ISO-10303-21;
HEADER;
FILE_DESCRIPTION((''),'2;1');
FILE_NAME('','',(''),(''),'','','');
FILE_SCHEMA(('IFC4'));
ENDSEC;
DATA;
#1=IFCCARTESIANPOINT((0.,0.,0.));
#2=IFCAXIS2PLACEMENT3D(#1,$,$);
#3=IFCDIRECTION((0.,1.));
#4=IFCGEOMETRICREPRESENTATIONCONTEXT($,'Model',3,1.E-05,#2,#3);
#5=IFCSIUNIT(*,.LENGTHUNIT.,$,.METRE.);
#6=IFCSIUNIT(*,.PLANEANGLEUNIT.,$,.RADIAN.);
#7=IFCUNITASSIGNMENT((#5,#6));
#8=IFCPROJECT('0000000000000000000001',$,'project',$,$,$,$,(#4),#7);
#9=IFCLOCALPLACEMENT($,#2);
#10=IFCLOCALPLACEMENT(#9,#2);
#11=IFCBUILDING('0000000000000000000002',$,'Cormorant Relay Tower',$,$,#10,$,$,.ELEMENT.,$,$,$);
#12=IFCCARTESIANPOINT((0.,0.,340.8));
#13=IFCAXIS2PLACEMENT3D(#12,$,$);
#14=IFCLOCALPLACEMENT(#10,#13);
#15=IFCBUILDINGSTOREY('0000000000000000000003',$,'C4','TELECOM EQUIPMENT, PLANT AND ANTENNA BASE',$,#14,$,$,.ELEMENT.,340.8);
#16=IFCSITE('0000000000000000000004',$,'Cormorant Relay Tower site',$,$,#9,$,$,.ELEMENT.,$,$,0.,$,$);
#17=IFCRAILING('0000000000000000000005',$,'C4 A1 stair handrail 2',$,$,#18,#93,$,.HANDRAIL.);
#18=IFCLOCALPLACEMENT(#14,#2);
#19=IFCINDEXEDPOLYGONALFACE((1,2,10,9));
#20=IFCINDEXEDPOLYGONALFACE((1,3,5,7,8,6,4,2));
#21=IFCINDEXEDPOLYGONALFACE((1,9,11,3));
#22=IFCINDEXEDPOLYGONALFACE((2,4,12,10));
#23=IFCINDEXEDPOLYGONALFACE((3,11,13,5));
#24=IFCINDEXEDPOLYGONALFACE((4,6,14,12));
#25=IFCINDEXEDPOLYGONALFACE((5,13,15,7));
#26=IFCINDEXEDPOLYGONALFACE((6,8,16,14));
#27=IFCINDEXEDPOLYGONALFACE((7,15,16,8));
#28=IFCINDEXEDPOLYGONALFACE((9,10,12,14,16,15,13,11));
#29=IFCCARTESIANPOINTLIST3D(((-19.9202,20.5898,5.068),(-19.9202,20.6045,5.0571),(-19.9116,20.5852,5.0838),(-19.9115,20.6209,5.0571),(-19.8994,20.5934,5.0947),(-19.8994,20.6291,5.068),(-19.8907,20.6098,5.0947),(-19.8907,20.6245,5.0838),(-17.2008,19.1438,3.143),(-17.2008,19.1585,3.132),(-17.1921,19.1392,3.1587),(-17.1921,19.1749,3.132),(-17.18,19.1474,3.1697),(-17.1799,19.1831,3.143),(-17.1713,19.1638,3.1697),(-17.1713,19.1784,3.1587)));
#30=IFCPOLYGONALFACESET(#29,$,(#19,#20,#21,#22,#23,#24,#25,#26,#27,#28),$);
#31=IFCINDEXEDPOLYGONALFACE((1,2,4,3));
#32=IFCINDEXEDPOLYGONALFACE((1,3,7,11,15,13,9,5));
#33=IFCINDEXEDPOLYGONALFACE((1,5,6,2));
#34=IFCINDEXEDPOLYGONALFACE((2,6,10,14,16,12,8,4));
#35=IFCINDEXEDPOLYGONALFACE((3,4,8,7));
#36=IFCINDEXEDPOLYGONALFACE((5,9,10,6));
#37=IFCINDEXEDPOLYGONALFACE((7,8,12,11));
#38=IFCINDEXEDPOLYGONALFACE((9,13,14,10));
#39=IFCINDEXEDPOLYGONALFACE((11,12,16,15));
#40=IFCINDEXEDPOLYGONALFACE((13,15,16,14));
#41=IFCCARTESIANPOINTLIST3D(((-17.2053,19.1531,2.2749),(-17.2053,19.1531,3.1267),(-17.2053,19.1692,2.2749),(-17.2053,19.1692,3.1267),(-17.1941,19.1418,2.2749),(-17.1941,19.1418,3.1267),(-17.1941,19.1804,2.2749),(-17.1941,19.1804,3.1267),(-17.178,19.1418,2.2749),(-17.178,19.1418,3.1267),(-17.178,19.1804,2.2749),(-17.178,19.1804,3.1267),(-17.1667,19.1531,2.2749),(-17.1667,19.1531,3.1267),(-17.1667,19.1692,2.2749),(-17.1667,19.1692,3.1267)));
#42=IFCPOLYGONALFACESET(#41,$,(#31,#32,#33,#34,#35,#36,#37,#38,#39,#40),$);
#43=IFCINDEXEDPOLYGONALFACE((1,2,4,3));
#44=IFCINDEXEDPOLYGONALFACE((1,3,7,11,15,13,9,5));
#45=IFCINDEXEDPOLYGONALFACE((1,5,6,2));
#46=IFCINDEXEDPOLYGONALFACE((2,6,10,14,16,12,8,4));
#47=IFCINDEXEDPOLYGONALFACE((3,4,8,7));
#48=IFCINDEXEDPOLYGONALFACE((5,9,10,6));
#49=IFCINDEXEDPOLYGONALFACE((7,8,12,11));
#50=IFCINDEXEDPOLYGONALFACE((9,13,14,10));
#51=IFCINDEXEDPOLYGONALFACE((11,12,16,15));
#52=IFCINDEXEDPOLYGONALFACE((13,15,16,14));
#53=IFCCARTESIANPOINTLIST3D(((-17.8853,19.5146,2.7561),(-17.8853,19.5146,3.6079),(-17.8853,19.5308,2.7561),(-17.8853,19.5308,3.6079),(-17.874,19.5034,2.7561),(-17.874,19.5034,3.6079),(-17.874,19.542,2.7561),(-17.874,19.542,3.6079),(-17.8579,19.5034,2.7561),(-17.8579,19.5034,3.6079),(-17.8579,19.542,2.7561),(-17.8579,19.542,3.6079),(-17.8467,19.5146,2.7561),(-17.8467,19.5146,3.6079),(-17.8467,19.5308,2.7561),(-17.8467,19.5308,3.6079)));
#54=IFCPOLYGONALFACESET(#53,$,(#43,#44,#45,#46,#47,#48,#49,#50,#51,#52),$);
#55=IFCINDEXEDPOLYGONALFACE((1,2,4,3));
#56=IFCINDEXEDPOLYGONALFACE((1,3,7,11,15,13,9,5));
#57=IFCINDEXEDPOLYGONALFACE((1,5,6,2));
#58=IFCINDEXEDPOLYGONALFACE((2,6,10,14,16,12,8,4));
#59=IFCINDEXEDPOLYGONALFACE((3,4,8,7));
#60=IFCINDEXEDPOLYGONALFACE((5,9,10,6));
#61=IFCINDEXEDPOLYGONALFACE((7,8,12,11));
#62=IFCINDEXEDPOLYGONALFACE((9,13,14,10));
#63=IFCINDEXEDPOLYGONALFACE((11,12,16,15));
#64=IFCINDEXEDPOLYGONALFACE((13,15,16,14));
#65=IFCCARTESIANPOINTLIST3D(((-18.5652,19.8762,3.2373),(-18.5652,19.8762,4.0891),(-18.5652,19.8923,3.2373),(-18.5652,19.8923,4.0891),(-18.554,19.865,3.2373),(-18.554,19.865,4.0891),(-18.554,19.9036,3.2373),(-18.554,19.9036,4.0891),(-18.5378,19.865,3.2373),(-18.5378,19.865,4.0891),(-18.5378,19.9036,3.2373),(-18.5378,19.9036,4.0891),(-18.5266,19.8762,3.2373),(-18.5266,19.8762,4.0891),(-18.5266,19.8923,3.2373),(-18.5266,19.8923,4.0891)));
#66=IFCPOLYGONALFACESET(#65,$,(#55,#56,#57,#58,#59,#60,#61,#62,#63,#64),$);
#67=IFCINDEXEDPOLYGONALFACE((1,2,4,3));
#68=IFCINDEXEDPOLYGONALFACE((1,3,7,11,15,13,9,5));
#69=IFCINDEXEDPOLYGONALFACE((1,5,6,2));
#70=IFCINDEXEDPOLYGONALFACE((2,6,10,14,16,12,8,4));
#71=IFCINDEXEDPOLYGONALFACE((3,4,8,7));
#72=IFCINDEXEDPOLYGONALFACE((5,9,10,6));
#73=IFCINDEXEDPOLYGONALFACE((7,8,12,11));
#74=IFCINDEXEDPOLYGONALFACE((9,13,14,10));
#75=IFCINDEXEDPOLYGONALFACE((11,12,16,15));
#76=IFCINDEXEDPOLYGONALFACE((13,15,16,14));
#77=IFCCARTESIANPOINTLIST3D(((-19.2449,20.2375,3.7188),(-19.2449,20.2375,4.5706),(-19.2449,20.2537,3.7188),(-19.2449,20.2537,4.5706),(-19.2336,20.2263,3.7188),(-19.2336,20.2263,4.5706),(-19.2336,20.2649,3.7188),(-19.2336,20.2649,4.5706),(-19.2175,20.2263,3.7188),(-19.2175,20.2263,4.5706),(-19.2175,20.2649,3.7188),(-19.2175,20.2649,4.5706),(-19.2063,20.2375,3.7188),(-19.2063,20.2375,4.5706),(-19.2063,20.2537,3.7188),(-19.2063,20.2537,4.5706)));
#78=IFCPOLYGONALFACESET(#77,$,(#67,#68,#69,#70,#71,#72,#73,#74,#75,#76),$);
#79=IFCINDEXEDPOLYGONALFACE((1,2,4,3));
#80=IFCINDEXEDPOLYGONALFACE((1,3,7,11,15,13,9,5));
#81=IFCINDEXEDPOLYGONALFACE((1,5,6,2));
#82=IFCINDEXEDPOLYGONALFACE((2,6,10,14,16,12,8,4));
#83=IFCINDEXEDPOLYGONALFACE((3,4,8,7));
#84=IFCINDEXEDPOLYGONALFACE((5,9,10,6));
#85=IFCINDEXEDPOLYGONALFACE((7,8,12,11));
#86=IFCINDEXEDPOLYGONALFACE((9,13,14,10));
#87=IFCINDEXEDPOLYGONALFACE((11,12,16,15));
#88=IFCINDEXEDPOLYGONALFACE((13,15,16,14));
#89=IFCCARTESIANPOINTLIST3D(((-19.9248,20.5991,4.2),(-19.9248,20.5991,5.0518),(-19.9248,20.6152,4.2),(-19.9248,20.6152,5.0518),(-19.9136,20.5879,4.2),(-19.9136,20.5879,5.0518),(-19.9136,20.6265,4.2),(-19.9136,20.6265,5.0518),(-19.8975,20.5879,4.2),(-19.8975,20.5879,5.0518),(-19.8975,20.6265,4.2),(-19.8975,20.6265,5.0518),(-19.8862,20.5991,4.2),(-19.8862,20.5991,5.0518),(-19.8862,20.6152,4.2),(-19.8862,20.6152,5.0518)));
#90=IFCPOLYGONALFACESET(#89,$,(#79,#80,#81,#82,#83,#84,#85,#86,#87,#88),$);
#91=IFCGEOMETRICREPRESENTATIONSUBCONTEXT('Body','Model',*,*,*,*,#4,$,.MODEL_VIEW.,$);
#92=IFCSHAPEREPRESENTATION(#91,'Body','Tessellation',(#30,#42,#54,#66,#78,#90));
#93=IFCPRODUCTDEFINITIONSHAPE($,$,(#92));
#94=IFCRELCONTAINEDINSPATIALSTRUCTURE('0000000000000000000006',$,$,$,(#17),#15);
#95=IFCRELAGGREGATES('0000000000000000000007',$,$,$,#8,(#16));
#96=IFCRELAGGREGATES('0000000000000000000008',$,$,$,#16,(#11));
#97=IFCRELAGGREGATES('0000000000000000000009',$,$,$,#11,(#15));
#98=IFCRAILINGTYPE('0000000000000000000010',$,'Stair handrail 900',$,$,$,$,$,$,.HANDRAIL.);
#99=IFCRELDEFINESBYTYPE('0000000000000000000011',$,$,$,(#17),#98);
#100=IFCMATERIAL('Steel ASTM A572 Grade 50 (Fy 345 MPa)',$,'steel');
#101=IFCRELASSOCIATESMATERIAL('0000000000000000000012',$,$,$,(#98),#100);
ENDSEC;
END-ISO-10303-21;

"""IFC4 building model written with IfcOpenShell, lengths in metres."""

from ifc_helpers import new_model, si_unit, direction, frame, origin, place, context, subcontext, project, spatial, polyline, outline, extrude, material, type_object, element, save


model = new_model("IFC4")

# Units and contexts
model_context = context("Model", 3, precision=1e-05, world=origin(), true_north=direction((0.0, 1.0)))
body_context = subcontext(model_context, "Body", "Model", "MODEL_VIEW")
ifc_project = project(units=[si_unit("LENGTHUNIT", "METRE"), si_unit("PLANEANGLEUNIT", "RADIAN")], contexts=[model_context])

# Site, building, storey
site_placement = place(None, origin())
site = spatial("IfcSite", under=ifc_project, at=site_placement, Name="Cormorant Relay Tower site", CompositionType="ELEMENT", RefElevation=0.0)
building_placement = place(site_placement, origin())
building = spatial("IfcBuilding", under=site, at=building_placement, Name="Cormorant Relay Tower", CompositionType="ELEMENT")
storey_placement = place(building_placement, frame((0.0, 0.0, 340.8)))
storey = spatial("IfcBuildingStorey", under=building, at=storey_placement, Name="C4", Description="TELECOM EQUIPMENT, PLANT AND ANTENNA BASE", CompositionType="ELEMENT", Elevation=340.8)

# Railing
ifc_material_1 = material(Name="Steel ASTM A572 Grade 50 (Fy 345 MPa)", Category="steel")
railing_type = type_object("IfcRailingType", Name="Stair handrail 900", PredefinedType="HANDRAIL", material=ifc_material_1)
railing_placement = place(storey_placement, frame((-17.186, 19.1611, 2.2749)))
element("IfcRailing", 1, at=railing_placement, inside=storey, type_object=railing_type, Name="C4 A1 stair handrail 2", PredefinedType="HANDRAIL", context=body_context, shape_type="SweptSolid", body=[
    extrude(outline(polyline([(0.0222, 0.0093), (0.0093, 0.0222), (-0.0093, 0.0222), (-0.0222, 0.0093), (-0.0222, -0.0093), (-0.0093, -0.0222), (0.0093, -0.0222), (0.0222, -0.0093), (0.0222, 0.0093)])), frame((0.0, 0.0, 0.876), z_axis=(-0.748727, 0.398125, 0.530004), x_axis=(-0.469489, -0.882938, 0.0)), (0.0, 0.0, 1.0), 3.6321),
    extrude(outline(polyline([(0.0193, 0.0081), (0.0081, 0.0193), (-0.0081, 0.0193), (-0.0193, 0.0081), (-0.0193, -0.0081), (-0.0081, -0.0193), (0.0081, -0.0193), (0.0193, -0.0081), (0.0193, 0.0081)])), origin(), (0.0, 0.0, 1.0), 0.8518),
    extrude(outline(polyline([(0.0193, 0.0081), (0.0081, 0.0193), (-0.0081, 0.0193), (-0.0193, 0.0081), (-0.0193, -0.0081), (-0.0081, -0.0193), (0.0081, -0.0193), (0.0193, -0.0081), (0.0193, 0.0081)])), frame((-0.6799, 0.3616, 0.4812)), (0.0, 0.0, 1.0), 0.8518),
    extrude(outline(polyline([(0.0193, 0.0081), (0.0081, 0.0193), (-0.0081, 0.0193), (-0.0193, 0.0081), (-0.0193, -0.0081), (-0.0081, -0.0193), (0.0081, -0.0193), (0.0193, -0.0081), (0.0193, 0.0081)])), frame((-1.3599, 0.7231, 0.9624)), (0.0, 0.0, 1.0), 0.8518),
    extrude(outline(polyline([(0.0193, 0.0081), (0.0081, 0.0193), (-0.0081, 0.0193), (-0.0193, 0.0081), (-0.0193, -0.0081), (-0.0081, -0.0193), (0.0081, -0.0193), (0.0193, -0.0081), (0.0193, 0.0081)])), frame((-2.0396, 1.0845, 1.4438)), (0.0, 0.0, 1.0), 0.8518),
    extrude(outline(polyline([(0.0193, 0.0081), (0.0081, 0.0193), (-0.0081, 0.0193), (-0.0193, 0.0081), (-0.0193, -0.0081), (-0.0081, -0.0193), (0.0081, -0.0193), (0.0193, -0.0081), (0.0193, 0.0081)])), frame((-2.7195, 1.446, 1.925)), (0.0, 0.0, 1.0), 0.8518),
])

save(model, "model.ifc")
